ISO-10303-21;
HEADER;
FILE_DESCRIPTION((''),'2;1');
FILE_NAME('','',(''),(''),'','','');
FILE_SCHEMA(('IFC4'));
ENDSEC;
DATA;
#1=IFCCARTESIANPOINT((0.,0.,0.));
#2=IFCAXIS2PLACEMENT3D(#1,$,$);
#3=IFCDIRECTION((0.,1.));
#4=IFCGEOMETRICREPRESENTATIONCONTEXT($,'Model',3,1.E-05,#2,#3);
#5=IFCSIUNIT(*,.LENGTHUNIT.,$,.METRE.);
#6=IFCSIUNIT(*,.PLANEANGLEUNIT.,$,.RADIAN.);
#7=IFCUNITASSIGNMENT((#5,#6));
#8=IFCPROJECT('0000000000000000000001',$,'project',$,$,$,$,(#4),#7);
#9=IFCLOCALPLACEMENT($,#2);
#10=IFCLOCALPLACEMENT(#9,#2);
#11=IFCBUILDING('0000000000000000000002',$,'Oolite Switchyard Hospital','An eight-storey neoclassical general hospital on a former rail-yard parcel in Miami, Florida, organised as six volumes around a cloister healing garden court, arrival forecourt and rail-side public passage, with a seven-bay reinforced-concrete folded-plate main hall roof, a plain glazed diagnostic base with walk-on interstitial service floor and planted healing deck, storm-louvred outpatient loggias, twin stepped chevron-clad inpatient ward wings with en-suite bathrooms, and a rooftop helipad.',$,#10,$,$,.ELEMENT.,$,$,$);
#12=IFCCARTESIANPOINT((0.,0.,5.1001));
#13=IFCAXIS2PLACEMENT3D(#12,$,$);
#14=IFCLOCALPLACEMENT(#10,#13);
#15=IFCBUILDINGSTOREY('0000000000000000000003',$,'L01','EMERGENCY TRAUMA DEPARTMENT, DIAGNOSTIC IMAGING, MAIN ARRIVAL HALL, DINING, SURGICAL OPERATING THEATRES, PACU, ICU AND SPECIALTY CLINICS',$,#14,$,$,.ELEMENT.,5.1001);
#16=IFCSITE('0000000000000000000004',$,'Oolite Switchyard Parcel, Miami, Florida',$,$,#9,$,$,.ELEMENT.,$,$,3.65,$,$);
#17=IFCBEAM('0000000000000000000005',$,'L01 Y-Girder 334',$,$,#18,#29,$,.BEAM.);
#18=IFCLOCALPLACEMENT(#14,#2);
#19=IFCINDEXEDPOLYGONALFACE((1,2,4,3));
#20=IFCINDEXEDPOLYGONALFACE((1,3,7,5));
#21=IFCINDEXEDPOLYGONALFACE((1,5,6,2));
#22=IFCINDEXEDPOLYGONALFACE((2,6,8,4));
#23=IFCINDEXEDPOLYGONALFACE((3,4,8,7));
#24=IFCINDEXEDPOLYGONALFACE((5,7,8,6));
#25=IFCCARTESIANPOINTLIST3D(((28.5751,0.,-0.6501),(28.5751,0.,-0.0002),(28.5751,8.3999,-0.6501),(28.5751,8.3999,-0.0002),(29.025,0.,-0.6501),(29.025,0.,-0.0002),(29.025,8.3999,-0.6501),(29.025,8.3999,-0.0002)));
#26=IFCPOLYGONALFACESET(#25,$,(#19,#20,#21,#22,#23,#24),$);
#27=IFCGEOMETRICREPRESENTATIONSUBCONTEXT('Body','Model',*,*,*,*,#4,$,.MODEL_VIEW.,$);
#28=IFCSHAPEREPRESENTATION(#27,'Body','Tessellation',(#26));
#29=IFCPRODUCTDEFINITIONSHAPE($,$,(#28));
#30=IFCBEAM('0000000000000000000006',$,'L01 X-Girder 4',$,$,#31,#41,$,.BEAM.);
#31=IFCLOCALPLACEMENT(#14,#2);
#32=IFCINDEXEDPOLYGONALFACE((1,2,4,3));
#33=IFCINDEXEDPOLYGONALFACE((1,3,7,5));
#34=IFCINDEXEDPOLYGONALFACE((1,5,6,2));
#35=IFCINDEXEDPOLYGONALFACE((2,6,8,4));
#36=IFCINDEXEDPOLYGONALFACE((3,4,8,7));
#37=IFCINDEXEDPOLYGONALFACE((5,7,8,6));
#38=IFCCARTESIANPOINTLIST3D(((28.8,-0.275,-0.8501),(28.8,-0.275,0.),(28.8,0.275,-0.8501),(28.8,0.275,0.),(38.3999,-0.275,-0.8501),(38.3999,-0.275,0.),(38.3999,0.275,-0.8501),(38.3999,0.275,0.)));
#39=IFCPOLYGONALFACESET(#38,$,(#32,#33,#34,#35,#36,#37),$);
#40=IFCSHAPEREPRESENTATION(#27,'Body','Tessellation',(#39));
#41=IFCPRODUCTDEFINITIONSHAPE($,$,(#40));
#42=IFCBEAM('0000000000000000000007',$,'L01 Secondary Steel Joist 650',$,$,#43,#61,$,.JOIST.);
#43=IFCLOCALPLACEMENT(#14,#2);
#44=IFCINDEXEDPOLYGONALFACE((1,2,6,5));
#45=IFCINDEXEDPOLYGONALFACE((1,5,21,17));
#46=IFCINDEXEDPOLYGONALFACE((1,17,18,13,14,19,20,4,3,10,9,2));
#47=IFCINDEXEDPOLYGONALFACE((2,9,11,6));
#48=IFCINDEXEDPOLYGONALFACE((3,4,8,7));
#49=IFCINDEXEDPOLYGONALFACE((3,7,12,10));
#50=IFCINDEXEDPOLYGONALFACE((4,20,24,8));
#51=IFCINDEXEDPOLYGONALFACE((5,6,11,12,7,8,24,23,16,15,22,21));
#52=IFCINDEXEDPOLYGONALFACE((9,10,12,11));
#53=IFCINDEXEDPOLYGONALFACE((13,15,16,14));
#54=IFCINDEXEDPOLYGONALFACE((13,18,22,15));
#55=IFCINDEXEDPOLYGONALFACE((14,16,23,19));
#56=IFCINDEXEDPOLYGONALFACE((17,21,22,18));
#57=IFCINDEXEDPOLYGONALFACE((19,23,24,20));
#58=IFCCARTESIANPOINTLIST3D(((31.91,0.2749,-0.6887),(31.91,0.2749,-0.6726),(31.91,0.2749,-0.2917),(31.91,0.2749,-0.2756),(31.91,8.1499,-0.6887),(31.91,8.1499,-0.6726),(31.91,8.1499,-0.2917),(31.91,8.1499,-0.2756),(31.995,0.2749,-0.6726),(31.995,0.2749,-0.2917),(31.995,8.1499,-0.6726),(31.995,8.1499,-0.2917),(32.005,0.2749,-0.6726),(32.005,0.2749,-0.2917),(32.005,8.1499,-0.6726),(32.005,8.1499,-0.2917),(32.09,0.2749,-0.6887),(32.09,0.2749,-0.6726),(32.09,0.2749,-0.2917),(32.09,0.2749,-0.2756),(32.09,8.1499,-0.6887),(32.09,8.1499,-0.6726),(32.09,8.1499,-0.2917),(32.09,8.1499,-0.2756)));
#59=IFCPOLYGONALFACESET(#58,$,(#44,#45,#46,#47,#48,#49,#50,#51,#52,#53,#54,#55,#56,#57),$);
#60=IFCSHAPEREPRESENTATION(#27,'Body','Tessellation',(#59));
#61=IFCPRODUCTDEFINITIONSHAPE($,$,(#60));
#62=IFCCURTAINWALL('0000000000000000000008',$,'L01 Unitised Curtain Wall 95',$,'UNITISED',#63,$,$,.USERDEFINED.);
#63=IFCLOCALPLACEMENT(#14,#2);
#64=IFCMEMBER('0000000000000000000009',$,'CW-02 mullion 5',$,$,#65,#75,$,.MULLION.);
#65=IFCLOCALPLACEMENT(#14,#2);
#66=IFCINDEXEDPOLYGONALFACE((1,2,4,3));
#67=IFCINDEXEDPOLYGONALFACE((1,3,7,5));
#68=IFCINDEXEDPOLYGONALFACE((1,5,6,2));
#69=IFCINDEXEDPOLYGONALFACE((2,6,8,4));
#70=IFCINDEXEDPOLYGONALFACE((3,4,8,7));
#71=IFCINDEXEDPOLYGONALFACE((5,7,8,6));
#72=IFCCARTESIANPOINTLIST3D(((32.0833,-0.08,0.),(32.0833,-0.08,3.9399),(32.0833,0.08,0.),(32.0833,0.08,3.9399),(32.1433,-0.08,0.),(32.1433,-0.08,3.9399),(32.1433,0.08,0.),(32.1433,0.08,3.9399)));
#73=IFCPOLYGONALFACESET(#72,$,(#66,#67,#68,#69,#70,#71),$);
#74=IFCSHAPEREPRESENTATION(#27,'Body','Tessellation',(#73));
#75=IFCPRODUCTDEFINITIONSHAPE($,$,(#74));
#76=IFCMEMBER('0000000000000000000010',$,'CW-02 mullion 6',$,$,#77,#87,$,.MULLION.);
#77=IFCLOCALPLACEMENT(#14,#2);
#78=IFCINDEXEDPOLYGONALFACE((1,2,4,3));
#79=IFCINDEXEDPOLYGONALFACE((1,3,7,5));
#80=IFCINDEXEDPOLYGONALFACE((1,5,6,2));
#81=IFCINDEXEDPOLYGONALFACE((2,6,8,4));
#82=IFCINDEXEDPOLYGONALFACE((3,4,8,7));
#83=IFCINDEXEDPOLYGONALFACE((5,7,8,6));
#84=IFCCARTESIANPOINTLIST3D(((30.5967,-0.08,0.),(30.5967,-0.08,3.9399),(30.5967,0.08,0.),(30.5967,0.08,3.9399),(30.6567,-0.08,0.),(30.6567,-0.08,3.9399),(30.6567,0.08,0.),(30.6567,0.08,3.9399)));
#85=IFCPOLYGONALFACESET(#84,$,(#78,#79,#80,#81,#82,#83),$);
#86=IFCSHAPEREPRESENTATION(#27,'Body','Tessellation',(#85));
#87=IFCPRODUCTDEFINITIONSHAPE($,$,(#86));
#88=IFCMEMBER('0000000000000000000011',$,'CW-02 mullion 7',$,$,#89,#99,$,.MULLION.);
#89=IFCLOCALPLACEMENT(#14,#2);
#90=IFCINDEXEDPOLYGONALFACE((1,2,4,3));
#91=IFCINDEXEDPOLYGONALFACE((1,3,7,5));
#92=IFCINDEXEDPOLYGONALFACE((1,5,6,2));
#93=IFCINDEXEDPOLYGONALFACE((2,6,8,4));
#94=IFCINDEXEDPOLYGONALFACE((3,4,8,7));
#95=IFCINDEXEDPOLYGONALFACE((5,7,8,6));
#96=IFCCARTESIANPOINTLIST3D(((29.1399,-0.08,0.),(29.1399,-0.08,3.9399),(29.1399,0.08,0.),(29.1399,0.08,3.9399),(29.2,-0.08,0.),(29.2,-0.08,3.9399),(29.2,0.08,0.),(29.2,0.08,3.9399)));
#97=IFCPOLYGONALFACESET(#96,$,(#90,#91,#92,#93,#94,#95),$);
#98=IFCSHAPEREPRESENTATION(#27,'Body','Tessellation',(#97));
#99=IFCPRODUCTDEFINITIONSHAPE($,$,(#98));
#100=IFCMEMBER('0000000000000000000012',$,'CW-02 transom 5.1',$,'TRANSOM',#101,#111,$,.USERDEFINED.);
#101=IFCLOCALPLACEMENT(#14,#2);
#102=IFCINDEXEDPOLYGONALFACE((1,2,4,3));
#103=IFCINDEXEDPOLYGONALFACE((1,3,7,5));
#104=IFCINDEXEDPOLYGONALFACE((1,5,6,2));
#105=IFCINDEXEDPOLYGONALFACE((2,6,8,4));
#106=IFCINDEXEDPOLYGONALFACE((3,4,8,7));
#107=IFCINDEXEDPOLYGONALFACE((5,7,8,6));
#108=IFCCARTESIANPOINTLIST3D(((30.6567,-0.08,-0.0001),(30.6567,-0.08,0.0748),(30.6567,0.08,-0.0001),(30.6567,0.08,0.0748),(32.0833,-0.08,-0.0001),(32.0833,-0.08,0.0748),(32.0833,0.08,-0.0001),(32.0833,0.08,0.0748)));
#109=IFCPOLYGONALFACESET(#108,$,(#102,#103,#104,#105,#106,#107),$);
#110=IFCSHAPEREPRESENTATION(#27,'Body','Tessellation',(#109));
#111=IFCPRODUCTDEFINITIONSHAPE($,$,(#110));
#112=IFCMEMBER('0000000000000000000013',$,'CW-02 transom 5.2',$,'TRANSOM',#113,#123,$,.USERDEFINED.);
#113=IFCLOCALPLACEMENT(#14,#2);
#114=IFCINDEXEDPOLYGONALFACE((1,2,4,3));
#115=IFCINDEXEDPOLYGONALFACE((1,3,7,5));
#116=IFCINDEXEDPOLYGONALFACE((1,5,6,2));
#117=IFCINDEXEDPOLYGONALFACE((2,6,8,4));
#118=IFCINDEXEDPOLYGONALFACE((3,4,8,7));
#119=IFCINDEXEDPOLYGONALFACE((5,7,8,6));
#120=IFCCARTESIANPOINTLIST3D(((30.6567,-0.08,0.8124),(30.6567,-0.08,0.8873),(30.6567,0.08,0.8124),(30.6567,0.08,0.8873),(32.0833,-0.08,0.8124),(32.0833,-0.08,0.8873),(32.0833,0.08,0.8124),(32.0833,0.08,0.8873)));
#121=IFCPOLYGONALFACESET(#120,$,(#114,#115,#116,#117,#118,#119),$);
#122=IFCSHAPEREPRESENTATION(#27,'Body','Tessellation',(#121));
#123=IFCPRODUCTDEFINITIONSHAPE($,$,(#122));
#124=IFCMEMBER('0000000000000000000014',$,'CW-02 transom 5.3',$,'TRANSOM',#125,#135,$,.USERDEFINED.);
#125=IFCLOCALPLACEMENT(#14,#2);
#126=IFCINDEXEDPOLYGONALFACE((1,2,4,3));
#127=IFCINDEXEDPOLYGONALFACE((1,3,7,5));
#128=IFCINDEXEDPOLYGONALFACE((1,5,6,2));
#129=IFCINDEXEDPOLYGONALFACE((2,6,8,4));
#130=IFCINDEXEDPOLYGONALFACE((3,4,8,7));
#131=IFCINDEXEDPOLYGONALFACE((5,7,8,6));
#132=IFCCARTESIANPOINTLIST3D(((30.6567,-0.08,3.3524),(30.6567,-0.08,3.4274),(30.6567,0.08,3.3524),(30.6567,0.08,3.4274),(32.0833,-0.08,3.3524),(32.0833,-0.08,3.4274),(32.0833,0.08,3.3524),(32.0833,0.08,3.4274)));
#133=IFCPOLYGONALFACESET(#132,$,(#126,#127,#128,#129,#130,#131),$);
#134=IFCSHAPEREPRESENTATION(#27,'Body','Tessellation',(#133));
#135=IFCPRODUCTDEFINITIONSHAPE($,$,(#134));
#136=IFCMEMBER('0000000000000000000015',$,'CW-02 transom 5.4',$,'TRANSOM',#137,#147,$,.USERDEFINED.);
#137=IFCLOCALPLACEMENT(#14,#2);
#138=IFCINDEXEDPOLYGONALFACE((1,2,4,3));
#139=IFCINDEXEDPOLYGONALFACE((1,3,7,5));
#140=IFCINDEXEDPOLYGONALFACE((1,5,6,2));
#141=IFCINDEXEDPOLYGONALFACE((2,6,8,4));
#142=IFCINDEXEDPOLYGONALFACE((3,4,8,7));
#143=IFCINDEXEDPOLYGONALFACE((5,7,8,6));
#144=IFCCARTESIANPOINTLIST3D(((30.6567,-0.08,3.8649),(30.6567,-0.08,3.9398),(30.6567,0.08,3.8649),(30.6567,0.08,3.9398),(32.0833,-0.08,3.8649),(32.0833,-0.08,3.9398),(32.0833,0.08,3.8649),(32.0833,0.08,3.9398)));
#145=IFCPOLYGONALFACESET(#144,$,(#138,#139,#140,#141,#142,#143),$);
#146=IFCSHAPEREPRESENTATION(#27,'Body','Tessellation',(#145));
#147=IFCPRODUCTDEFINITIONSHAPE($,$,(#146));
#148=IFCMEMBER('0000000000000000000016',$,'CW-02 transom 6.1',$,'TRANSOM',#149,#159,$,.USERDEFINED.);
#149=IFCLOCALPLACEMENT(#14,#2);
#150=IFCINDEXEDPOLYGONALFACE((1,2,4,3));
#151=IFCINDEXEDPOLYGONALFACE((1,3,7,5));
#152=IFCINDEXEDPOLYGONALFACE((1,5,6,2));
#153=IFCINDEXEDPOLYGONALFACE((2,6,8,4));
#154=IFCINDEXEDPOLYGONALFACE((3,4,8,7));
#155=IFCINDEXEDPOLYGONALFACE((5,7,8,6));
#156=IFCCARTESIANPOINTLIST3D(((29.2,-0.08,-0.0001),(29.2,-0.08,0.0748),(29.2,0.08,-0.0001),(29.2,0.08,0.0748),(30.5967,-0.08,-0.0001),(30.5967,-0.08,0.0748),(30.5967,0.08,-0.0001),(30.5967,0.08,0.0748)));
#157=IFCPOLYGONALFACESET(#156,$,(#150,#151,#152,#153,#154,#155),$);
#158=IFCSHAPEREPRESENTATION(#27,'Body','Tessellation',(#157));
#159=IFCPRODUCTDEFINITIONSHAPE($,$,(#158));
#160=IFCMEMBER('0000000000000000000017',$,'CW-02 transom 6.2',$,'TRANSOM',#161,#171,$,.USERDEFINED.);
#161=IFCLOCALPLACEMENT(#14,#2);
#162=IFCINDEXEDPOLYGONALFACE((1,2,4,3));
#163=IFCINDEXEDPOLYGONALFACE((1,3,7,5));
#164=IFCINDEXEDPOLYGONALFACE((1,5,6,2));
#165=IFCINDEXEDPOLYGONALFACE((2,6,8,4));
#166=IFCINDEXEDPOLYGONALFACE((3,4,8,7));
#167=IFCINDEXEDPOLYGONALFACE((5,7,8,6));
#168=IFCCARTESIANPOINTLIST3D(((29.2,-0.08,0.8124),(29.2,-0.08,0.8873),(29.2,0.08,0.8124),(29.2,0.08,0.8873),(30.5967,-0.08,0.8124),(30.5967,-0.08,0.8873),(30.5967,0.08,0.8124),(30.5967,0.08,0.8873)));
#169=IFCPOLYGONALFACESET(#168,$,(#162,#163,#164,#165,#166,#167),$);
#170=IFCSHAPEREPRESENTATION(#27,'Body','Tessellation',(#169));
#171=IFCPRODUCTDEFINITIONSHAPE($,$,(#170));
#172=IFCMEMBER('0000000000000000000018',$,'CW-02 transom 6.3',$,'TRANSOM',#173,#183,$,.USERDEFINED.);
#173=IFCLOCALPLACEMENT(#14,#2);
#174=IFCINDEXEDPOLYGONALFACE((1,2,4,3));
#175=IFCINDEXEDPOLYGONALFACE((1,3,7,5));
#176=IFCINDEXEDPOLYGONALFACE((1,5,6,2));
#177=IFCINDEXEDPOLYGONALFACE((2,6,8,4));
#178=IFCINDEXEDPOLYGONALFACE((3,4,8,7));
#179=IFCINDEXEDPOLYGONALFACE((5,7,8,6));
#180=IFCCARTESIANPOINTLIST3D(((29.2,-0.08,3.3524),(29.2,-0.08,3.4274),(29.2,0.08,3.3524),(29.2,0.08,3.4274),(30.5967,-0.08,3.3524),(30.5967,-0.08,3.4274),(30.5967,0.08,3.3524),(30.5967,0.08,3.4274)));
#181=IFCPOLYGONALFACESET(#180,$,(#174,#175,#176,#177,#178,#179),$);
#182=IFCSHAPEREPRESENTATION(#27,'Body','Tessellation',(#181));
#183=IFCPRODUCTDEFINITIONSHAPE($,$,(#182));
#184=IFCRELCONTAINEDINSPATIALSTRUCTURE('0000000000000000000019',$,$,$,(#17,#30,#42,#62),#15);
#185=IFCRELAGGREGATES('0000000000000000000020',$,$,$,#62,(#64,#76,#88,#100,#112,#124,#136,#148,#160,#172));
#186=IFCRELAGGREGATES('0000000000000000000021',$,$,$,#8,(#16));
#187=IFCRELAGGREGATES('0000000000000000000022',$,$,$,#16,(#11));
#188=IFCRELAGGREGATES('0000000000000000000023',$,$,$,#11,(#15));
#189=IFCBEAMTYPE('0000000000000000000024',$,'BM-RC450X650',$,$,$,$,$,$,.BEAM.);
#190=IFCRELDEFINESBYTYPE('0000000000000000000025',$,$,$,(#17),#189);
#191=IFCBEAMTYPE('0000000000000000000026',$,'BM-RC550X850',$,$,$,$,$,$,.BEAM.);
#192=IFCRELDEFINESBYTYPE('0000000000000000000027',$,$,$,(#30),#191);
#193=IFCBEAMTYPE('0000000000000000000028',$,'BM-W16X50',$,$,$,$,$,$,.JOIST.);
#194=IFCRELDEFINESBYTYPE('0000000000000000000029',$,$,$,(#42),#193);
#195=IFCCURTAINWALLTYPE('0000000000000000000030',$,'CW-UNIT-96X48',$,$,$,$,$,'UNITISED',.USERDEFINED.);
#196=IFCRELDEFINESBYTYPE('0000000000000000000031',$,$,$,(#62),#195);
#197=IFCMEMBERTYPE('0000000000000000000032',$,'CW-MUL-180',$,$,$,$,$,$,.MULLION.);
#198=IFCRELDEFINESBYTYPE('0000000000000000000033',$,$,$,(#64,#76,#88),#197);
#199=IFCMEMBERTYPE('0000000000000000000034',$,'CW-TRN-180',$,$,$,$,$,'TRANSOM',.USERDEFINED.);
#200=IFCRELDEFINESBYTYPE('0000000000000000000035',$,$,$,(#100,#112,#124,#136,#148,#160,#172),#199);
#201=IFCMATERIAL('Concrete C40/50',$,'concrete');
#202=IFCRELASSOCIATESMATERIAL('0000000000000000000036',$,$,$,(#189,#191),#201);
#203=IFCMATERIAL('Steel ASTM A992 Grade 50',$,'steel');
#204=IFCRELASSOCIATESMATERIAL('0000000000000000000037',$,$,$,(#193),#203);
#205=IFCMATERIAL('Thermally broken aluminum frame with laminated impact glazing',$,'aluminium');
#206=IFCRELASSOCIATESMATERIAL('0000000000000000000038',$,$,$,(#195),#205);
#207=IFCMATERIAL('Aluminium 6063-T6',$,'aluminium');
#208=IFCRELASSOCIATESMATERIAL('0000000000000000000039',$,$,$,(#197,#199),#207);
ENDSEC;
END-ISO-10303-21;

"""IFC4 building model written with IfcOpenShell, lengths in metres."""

from ifc_helpers import new_model, si_unit, direction, frame, origin, origin_2d, place, context, subcontext, project, spatial, rectangle, i_section, extrude, material, material_profile, profile_set, type_object, element, aggregate, save


model = new_model("IFC4")

# Units and contexts
model_context = context("Model", 3, precision=1e-05, world=origin(), true_north=direction((0.0, 1.0)))
body_context = subcontext(model_context, "Body", "Model", "MODEL_VIEW")
ifc_project = project(units=[si_unit("LENGTHUNIT", "METRE"), si_unit("PLANEANGLEUNIT", "RADIAN")], contexts=[model_context])

# Site, building, storey
site_placement = place(None, origin())
site = spatial("IfcSite", under=ifc_project, at=site_placement, Name="Oolite Switchyard Parcel, Miami, Florida", CompositionType="ELEMENT", RefElevation=3.65)
building_placement = place(site_placement, origin())
building = spatial("IfcBuilding", under=site, at=building_placement, Name="Oolite Switchyard Hospital", Description="An eight-storey neoclassical general hospital on a former rail-yard parcel in Miami, Florida, organised as six volumes around a cloister healing garden court, arrival forecourt and rail-side public passage, with a seven-bay reinforced-concrete folded-plate main hall roof, a plain glazed diagnostic base with walk-on interstitial service floor and planted healing deck, storm-louvred outpatient loggias, twin stepped chevron-clad inpatient ward wings with en-suite bathrooms, and a rooftop helipad.", CompositionType="ELEMENT")
storey_placement = place(building_placement, frame((0.0, 0.0, 5.1001)))
storey = spatial("IfcBuildingStorey", under=building, at=storey_placement, Name="L01", Description="EMERGENCY TRAUMA DEPARTMENT, DIAGNOSTIC IMAGING, MAIN ARRIVAL HALL, DINING, SURGICAL OPERATING THEATRES, PACU, ICU AND SPECIALTY CLINICS", CompositionType="ELEMENT", Elevation=5.1001)

# Beams
ifc_material_1 = material(Name="Concrete C40/50", Category="concrete")
ifc_material_profile_1 = material_profile(ifc_material_1, rectangle(XDim=0.45, YDim=0.6499, at=origin_2d()), Name="RCB450X650")
ifc_profile_set_1 = profile_set([ifc_material_profile_1], Name="Concrete C40/50")
beam_type_1 = type_object("IfcBeamType", Name="BM-RC450X650", PredefinedType="BEAM", material=ifc_profile_set_1)
beam_1_placement = place(storey_placement, frame((28.8, 0.0, -0.3252), z_axis=(0.0, 1.0, 0.0), x_axis=(-1.0, 0.0, 0.0)))
element("IfcBeam", 1, at=beam_1_placement, inside=storey, type_object=beam_type_1, Name="L01 Y-Girder 334", PredefinedType="BEAM", context=body_context, shape_type="SweptSolid", body=[
    extrude(rectangle(XDim=0.45, YDim=0.6499, at=origin_2d()), origin(), (0.0, 0.0, 1.0), 8.3999),
])
ifc_material_profile_2 = material_profile(ifc_material_1, rectangle(XDim=0.55, YDim=0.8501, at=origin_2d()), Name="RCB550X850")
ifc_profile_set_2 = profile_set([ifc_material_profile_2], Name="Concrete C40/50")
beam_type_2 = type_object("IfcBeamType", Name="BM-RC550X850", PredefinedType="BEAM", material=ifc_profile_set_2)
beam_2_placement = place(storey_placement, frame((28.8, 0.0, -0.425), z_axis=(1.0, 0.0, 0.0), x_axis=(0.0, 1.0, 0.0)))
element("IfcBeam", 2, at=beam_2_placement, inside=storey, type_object=beam_type_2, Name="L01 X-Girder 4", PredefinedType="BEAM", context=body_context, shape_type="SweptSolid", body=[
    extrude(rectangle(XDim=0.55, YDim=0.8501, at=origin_2d()), origin(), (0.0, 0.0, 1.0), 9.5999),
])
ifc_material_2 = material(Name="Steel ASTM A992 Grade 50", Category="steel")
ifc_material_profile_3 = material_profile(ifc_material_2, i_section(OverallWidth=0.1799, OverallDepth=0.4131, WebThickness=0.01, FlangeThickness=0.0161, at=origin_2d()), Name="W16X50")
ifc_profile_set_3 = profile_set([ifc_material_profile_3], Name="Steel ASTM A992 Grade 50")
beam_type_3 = type_object("IfcBeamType", Name="BM-W16X50", PredefinedType="JOIST", material=ifc_profile_set_3)
beam_3_placement = place(storey_placement, frame((32.0, 0.2749, -0.4822), z_axis=(0.0, 1.0, 0.0), x_axis=(-1.0, 0.0, 0.0)))
element("IfcBeam", 3, at=beam_3_placement, inside=storey, type_object=beam_type_3, Name="L01 Secondary Steel Joist 650", PredefinedType="JOIST", context=body_context, shape_type="SweptSolid", body=[
    extrude(i_section(OverallWidth=0.1799, OverallDepth=0.4131, WebThickness=0.01, FlangeThickness=0.0161, at=origin_2d()), origin(), (0.0, 0.0, 1.0), 7.875),
])

# Curtain wall, members
ifc_material_3 = material(Name="Thermally broken aluminum frame with laminated impact glazing", Category="aluminium")
curtain_wall_type = type_object("IfcCurtainWallType", Name="CW-UNIT-96X48", ElementType="UNITISED", PredefinedType="USERDEFINED", material=ifc_material_3)
curtain_wall_placement = place(storey_placement, origin())
curtain_wall = element("IfcCurtainWall", 4, at=curtain_wall_placement, inside=storey, type_object=curtain_wall_type, Name="L01 Unitised Curtain Wall 95", ObjectType="UNITISED", PredefinedType="USERDEFINED")
ifc_material_4 = material(Name="Aluminium 6063-T6", Category="aluminium")
ifc_material_profile_4 = material_profile(ifc_material_4, rectangle(XDim=0.1599, YDim=0.0601, at=origin_2d()), Name="CWM60X160")
ifc_profile_set_4 = profile_set([ifc_material_profile_4], Name="Aluminium 6063-T6")
member_type_1 = type_object("IfcMemberType", Name="CW-MUL-180", PredefinedType="MULLION", material=ifc_profile_set_4)
member_1_placement = place(storey_placement, frame((32.1133, 0.0, 0.0), z_axis=(0.0, 0.0, 1.0), x_axis=(0.0, -1.0, 0.0)))
member_1 = element("IfcMember", 5, at=member_1_placement, type_object=member_type_1, Name="CW-02 mullion 5", PredefinedType="MULLION", context=body_context, shape_type="SweptSolid", body=[
    extrude(rectangle(XDim=0.1599, YDim=0.0601, at=origin_2d()), origin(), (0.0, 0.0, 1.0), 3.9399),
])
member_2_placement = place(storey_placement, frame((30.6267, 0.0, 0.0), z_axis=(0.0, 0.0, 1.0), x_axis=(0.0, -1.0, 0.0)))
member_2 = element("IfcMember", 6, at=member_2_placement, type_object=member_type_1, Name="CW-02 mullion 6", PredefinedType="MULLION", context=body_context, shape_type="SweptSolid", body=[
    extrude(rectangle(XDim=0.1599, YDim=0.0601, at=origin_2d()), origin(), (0.0, 0.0, 1.0), 3.9399),
])
member_3_placement = place(storey_placement, frame((29.1699, 0.0, 0.0), z_axis=(0.0, 0.0, 1.0), x_axis=(0.0, -1.0, 0.0)))
member_3 = element("IfcMember", 7, at=member_3_placement, type_object=member_type_1, Name="CW-02 mullion 7", PredefinedType="MULLION", context=body_context, shape_type="SweptSolid", body=[
    extrude(rectangle(XDim=0.1599, YDim=0.0601, at=origin_2d()), origin(), (0.0, 0.0, 1.0), 3.9399),
])
ifc_material_profile_5 = material_profile(ifc_material_4, rectangle(XDim=0.1599, YDim=0.075, at=origin_2d()), Name="CWT75X160")
ifc_profile_set_5 = profile_set([ifc_material_profile_5], Name="Aluminium 6063-T6")
member_type_2 = type_object("IfcMemberType", Name="CW-TRN-180", ElementType="TRANSOM", PredefinedType="USERDEFINED", material=ifc_profile_set_5)
member_4_placement = place(storey_placement, frame((32.0833, 0.0, 0.0374), z_axis=(-1.0, 0.0, 0.0), x_axis=(0.0, -1.0, 0.0)))
member_4 = element("IfcMember", 8, at=member_4_placement, type_object=member_type_2, Name="CW-02 transom 5.1", ObjectType="TRANSOM", PredefinedType="USERDEFINED", context=body_context, shape_type="SweptSolid", body=[
    extrude(rectangle(XDim=0.1599, YDim=0.075, at=origin_2d()), origin(), (0.0, 0.0, 1.0), 1.4265),
])
member_5_placement = place(storey_placement, frame((32.0833, 0.0, 0.8499), z_axis=(-1.0, 0.0, 0.0), x_axis=(0.0, -1.0, 0.0)))
member_5 = element("IfcMember", 9, at=member_5_placement, type_object=member_type_2, Name="CW-02 transom 5.2", ObjectType="TRANSOM", PredefinedType="USERDEFINED", context=body_context, shape_type="SweptSolid", body=[
    extrude(rectangle(XDim=0.1599, YDim=0.075, at=origin_2d()), origin(), (0.0, 0.0, 1.0), 1.4265),
])
member_6_placement = place(storey_placement, frame((32.0833, 0.0, 3.3899), z_axis=(-1.0, 0.0, 0.0), x_axis=(0.0, -1.0, 0.0)))
member_6 = element("IfcMember", 10, at=member_6_placement, type_object=member_type_2, Name="CW-02 transom 5.3", ObjectType="TRANSOM", PredefinedType="USERDEFINED", context=body_context, shape_type="SweptSolid", body=[
    extrude(rectangle(XDim=0.1599, YDim=0.075, at=origin_2d()), origin(), (0.0, 0.0, 1.0), 1.4265),
])
member_7_placement = place(storey_placement, frame((32.0833, 0.0, 3.9023), z_axis=(-1.0, 0.0, 0.0), x_axis=(0.0, -1.0, 0.0)))
member_7 = element("IfcMember", 11, at=member_7_placement, type_object=member_type_2, Name="CW-02 transom 5.4", ObjectType="TRANSOM", PredefinedType="USERDEFINED", context=body_context, shape_type="SweptSolid", body=[
    extrude(rectangle(XDim=0.1599, YDim=0.075, at=origin_2d()), origin(), (0.0, 0.0, 1.0), 1.4265),
])
member_8_placement = place(storey_placement, frame((30.5967, 0.0, 0.0374), z_axis=(-1.0, 0.0, 0.0), x_axis=(0.0, -1.0, 0.0)))
member_8 = element("IfcMember", 12, at=member_8_placement, type_object=member_type_2, Name="CW-02 transom 6.1", ObjectType="TRANSOM", PredefinedType="USERDEFINED", context=body_context, shape_type="SweptSolid", body=[
    extrude(rectangle(XDim=0.1599, YDim=0.075, at=origin_2d()), origin(), (0.0, 0.0, 1.0), 1.3967),
])
member_9_placement = place(storey_placement, frame((30.5967, 0.0, 0.8499), z_axis=(-1.0, 0.0, 0.0), x_axis=(0.0, -1.0, 0.0)))
member_9 = element("IfcMember", 13, at=member_9_placement, type_object=member_type_2, Name="CW-02 transom 6.2", ObjectType="TRANSOM", PredefinedType="USERDEFINED", context=body_context, shape_type="SweptSolid", body=[
    extrude(rectangle(XDim=0.1599, YDim=0.075, at=origin_2d()), origin(), (0.0, 0.0, 1.0), 1.3967),
])
member_10_placement = place(storey_placement, frame((30.5967, 0.0, 3.3899), z_axis=(-1.0, 0.0, 0.0), x_axis=(0.0, -1.0, 0.0)))
member_10 = element("IfcMember", 14, at=member_10_placement, type_object=member_type_2, Name="CW-02 transom 6.3", ObjectType="TRANSOM", PredefinedType="USERDEFINED", context=body_context, shape_type="SweptSolid", body=[
    extrude(rectangle(XDim=0.1599, YDim=0.075, at=origin_2d()), origin(), (0.0, 0.0, 1.0), 1.3967),
])
aggregate(curtain_wall, [member_1, member_2, member_3, member_4, member_5, member_6, member_7, member_8, member_9, member_10])

save(model, "model.ifc")
